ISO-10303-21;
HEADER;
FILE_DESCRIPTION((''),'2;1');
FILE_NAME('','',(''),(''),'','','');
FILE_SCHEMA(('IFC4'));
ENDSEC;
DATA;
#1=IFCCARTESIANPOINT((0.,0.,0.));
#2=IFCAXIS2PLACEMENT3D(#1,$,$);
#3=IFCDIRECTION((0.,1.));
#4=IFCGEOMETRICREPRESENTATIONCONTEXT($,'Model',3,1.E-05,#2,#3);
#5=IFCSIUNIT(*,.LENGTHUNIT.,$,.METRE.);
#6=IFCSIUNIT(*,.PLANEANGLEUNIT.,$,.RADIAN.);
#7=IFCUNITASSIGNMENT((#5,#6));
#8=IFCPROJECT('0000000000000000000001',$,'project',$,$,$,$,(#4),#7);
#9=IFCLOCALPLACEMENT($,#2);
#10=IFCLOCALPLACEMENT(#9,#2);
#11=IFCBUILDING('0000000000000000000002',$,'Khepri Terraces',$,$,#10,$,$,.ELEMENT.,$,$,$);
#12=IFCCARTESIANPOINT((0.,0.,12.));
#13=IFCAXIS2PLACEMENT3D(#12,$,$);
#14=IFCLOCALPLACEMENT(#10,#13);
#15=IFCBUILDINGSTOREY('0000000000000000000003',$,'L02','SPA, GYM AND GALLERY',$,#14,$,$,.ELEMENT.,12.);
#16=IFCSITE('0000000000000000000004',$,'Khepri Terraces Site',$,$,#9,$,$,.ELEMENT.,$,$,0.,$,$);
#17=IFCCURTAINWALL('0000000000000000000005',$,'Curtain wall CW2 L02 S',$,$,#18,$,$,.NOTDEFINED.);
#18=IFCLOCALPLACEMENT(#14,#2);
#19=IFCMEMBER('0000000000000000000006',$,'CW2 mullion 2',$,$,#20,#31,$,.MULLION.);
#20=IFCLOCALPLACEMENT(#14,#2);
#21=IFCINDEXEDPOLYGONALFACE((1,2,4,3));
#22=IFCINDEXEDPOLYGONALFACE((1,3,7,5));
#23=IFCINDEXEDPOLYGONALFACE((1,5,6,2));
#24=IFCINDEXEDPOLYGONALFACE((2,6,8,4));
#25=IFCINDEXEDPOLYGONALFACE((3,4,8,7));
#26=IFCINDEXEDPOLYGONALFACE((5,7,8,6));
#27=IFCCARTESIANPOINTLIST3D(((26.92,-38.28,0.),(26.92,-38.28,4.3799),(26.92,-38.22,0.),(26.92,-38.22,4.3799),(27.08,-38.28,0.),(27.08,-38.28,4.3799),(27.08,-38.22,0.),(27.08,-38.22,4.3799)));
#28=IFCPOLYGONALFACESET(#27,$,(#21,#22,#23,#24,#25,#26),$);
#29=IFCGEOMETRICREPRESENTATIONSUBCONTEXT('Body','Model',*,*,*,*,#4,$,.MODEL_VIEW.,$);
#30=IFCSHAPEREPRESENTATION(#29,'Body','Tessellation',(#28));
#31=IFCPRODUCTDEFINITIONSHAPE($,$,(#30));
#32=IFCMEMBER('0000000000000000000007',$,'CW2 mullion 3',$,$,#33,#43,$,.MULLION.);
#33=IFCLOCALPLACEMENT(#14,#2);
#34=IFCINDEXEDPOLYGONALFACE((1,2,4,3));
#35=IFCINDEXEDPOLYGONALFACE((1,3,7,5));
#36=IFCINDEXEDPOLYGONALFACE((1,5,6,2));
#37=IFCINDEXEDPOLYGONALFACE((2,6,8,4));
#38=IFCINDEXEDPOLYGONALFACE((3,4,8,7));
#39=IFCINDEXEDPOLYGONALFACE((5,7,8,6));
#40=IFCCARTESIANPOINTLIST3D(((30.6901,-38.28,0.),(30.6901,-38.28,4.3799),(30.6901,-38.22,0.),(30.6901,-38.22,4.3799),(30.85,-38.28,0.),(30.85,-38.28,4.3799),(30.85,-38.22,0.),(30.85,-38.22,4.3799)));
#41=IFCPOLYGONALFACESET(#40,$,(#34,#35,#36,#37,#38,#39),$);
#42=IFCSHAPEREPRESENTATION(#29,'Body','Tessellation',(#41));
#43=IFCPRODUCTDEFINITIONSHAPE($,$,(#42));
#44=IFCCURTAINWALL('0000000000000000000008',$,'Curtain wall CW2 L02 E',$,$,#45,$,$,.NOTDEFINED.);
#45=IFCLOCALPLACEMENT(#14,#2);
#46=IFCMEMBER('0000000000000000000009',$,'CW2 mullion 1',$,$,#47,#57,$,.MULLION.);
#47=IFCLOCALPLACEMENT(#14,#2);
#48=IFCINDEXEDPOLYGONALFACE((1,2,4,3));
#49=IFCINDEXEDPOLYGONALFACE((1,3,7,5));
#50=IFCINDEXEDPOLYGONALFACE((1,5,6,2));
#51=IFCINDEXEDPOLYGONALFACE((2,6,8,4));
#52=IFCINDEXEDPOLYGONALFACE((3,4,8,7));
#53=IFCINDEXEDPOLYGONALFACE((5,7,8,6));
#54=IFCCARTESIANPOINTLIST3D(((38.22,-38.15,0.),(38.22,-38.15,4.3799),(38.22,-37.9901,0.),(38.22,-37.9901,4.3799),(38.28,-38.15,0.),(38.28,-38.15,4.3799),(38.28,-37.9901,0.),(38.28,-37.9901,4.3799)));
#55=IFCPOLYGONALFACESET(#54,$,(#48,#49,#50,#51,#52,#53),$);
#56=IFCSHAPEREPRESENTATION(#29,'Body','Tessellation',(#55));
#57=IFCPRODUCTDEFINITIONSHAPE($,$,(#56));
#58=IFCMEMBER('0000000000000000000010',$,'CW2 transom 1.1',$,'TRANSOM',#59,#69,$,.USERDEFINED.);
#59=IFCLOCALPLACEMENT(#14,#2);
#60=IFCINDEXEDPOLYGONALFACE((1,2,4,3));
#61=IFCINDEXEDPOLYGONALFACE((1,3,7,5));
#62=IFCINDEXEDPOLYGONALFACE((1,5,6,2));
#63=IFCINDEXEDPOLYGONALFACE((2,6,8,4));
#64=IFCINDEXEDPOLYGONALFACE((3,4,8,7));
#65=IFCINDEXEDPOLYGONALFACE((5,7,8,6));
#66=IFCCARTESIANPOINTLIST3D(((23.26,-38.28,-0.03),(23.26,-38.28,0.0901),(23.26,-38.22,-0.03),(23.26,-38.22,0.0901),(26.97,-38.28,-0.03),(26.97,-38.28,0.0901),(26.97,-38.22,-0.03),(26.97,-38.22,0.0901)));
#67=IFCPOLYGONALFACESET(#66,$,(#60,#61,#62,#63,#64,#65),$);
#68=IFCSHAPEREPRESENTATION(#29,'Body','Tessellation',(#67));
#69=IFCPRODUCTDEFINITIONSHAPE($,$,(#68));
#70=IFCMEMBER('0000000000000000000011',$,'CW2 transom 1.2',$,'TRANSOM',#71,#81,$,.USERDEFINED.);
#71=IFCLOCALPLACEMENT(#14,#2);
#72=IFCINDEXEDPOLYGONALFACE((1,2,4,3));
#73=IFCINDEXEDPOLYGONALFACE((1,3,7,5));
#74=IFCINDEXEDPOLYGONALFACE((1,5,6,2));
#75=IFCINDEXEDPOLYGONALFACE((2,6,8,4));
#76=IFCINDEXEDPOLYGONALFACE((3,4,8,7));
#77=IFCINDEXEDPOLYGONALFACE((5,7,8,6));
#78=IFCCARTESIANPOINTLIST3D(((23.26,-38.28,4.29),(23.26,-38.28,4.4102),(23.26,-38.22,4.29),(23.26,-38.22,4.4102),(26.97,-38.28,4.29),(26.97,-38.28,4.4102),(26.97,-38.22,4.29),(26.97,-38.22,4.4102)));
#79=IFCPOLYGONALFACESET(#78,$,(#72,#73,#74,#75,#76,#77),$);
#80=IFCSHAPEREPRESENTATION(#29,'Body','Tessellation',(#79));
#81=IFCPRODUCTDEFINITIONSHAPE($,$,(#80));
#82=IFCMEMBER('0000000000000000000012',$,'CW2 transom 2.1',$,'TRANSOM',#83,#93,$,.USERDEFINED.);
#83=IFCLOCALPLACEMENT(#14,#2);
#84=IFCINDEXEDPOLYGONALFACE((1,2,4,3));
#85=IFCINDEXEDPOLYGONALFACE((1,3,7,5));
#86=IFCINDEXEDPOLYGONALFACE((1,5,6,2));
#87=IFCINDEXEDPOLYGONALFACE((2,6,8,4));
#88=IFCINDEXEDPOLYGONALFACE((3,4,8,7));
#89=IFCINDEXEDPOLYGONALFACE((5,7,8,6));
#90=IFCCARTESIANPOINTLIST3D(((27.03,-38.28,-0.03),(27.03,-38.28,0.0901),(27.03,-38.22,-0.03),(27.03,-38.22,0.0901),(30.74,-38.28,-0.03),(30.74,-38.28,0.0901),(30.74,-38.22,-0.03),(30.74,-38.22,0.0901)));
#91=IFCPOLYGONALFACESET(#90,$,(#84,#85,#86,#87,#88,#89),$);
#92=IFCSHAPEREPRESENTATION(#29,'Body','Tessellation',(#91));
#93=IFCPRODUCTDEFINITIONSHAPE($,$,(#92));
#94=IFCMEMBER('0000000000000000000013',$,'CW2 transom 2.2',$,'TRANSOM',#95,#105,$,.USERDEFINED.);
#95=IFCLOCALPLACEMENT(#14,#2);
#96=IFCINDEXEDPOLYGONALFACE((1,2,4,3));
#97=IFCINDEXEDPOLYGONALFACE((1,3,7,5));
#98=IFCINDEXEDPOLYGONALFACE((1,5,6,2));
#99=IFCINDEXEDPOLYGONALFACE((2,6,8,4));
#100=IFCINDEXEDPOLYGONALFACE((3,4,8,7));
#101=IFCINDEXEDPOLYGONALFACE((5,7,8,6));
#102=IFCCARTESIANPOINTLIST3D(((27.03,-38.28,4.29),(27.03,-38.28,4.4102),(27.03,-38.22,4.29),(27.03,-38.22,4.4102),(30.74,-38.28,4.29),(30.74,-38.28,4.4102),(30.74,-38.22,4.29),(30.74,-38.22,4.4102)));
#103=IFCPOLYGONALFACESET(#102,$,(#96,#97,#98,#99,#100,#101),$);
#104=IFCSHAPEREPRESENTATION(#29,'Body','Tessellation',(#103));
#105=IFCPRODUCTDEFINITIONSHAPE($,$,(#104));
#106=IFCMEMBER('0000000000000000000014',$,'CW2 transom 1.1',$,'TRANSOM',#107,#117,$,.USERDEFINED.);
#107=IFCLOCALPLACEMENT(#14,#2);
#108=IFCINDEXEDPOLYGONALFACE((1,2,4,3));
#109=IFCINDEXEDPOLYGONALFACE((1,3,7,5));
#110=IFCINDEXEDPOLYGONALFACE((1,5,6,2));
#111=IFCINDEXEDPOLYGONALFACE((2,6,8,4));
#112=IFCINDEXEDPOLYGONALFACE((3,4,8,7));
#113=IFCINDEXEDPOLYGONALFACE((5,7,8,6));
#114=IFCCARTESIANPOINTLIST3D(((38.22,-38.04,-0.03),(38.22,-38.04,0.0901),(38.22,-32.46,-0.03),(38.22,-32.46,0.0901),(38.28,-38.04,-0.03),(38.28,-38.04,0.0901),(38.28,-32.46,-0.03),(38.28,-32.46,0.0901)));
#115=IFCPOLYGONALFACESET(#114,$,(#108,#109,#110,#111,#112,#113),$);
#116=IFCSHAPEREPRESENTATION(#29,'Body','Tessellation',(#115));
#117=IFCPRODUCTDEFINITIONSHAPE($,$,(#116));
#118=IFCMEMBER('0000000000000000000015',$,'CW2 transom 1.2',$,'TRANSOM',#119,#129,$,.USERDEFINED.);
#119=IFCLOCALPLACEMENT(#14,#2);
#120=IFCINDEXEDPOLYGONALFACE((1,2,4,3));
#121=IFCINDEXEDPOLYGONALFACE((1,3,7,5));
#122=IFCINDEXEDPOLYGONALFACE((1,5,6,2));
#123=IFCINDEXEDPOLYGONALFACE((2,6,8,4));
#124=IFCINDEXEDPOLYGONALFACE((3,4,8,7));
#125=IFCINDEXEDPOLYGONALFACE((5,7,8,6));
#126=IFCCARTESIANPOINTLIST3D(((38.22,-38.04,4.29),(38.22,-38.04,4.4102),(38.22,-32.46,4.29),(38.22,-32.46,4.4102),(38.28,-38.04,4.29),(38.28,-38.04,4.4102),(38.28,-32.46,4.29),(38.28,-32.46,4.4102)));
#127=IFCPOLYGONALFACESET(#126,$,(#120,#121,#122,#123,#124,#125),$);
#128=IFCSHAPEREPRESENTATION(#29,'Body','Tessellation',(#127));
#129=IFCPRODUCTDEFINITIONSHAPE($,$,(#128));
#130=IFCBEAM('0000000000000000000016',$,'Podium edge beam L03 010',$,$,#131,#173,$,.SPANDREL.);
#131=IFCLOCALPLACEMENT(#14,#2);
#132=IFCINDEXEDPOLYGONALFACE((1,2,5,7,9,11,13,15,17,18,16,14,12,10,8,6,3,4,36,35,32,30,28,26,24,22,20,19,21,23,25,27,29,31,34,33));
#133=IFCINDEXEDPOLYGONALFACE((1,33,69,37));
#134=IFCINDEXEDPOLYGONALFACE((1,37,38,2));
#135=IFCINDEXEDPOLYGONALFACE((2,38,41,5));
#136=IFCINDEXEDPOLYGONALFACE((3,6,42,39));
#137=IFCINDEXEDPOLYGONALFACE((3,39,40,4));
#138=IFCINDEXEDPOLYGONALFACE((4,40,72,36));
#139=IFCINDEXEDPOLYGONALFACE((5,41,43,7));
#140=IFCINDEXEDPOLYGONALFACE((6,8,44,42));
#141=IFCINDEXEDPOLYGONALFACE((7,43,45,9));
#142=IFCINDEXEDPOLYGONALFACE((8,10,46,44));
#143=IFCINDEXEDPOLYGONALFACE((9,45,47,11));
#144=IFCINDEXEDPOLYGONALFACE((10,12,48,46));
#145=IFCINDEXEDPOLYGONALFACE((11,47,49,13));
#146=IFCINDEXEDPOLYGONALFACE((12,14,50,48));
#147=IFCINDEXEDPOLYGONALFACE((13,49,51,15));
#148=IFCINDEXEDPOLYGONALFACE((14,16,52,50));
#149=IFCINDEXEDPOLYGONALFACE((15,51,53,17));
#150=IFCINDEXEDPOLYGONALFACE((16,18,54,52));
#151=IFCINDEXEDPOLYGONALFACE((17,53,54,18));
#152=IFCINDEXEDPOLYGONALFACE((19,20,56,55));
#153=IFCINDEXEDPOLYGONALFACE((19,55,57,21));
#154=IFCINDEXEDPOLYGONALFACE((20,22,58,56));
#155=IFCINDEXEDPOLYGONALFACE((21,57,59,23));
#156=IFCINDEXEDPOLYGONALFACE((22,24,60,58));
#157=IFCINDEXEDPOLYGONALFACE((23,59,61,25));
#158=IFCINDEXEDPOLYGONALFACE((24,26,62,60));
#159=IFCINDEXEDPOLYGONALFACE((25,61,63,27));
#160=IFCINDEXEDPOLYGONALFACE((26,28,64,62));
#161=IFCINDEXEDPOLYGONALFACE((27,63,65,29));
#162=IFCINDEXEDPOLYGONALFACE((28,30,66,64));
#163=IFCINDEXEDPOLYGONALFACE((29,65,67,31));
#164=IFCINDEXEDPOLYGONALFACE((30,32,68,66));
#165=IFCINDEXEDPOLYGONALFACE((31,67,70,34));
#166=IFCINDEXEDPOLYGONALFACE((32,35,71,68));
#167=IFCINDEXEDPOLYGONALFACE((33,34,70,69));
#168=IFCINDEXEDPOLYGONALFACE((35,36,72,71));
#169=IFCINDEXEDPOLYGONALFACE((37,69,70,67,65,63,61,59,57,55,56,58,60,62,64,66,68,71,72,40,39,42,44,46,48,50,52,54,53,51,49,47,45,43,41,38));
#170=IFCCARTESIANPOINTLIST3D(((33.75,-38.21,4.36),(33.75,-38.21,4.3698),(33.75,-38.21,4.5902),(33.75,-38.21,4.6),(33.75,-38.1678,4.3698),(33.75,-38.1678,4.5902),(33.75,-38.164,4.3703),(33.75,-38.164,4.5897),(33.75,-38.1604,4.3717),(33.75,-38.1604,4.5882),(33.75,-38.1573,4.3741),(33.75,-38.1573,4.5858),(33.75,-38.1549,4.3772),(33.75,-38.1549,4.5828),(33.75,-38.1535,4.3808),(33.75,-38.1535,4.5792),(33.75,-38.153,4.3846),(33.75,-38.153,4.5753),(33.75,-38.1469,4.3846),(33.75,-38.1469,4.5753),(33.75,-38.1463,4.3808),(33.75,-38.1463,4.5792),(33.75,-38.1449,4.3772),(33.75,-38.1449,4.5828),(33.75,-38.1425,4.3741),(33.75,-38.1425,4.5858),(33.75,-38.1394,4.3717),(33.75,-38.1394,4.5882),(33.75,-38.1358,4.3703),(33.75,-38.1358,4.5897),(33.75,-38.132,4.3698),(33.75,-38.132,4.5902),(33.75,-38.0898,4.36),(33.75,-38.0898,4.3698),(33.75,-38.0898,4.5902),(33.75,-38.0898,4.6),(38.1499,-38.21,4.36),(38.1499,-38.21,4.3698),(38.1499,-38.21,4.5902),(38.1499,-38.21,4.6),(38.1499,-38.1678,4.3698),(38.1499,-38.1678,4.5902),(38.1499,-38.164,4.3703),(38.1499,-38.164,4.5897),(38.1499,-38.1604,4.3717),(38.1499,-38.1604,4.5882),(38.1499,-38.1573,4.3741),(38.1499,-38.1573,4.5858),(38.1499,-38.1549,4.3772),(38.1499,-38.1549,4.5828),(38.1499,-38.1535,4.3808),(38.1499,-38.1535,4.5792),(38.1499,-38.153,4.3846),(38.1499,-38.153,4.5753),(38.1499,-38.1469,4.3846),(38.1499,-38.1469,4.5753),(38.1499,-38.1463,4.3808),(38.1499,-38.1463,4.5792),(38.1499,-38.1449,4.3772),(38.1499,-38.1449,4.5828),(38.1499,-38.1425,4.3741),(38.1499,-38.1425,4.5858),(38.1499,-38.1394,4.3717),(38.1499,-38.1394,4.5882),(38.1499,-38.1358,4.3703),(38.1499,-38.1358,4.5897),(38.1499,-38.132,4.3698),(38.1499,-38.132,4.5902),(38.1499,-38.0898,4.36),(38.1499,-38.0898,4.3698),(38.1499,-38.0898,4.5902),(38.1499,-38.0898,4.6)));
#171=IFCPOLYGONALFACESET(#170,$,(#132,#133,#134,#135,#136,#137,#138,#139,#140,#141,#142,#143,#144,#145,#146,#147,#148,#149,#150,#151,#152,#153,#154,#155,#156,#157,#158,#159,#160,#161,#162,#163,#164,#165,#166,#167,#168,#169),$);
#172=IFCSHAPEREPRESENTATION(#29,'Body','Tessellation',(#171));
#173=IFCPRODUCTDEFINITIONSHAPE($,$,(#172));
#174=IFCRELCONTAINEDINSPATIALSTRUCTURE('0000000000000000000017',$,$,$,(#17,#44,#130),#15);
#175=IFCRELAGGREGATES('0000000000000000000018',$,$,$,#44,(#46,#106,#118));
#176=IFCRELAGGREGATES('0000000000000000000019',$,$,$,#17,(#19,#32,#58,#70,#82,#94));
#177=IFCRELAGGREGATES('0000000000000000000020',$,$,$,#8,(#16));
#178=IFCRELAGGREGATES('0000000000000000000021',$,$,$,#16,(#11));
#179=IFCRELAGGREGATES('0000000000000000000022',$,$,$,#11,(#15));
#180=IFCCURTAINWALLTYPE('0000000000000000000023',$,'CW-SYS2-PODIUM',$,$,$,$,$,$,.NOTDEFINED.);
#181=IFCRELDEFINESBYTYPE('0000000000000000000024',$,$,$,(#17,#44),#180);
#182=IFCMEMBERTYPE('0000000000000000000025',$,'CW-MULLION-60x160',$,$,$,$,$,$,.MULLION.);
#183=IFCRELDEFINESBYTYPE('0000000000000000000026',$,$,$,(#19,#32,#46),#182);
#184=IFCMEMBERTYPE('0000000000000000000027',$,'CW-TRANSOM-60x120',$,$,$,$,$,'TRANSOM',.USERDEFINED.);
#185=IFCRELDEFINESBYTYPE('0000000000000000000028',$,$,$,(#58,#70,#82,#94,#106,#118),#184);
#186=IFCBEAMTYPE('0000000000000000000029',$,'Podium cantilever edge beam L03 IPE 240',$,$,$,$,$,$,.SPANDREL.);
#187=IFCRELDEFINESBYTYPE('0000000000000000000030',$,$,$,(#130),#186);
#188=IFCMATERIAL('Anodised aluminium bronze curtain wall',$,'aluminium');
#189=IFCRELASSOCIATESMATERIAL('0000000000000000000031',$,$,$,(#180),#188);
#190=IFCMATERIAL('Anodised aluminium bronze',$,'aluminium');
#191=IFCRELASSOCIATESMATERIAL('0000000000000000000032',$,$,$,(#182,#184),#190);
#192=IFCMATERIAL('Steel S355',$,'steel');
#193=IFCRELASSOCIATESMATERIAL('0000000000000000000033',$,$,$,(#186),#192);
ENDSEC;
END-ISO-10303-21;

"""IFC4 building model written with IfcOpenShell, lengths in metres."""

from ifc_helpers import new_model, si_unit, direction, frame, origin, origin_2d, place, context, subcontext, project, spatial, rectangle, i_section, extrude, material, material_profile, profile_set, type_object, element, aggregate, save


model = new_model("IFC4")

# Units and contexts
model_context = context("Model", 3, precision=1e-05, world=origin(), true_north=direction((0.0, 1.0)))
body_context = subcontext(model_context, "Body", "Model", "MODEL_VIEW")
ifc_project = project(units=[si_unit("LENGTHUNIT", "METRE"), si_unit("PLANEANGLEUNIT", "RADIAN")], contexts=[model_context])

# Site, building, storey
site_placement = place(None, origin())
site = spatial("IfcSite", under=ifc_project, at=site_placement, Name="Khepri Terraces Site", CompositionType="ELEMENT", RefElevation=0.0)
building_placement = place(site_placement, origin())
building = spatial("IfcBuilding", under=site, at=building_placement, Name="Khepri Terraces", CompositionType="ELEMENT")
storey_placement = place(building_placement, frame((0.0, 0.0, 12.0)))
storey = spatial("IfcBuildingStorey", under=building, at=storey_placement, Name="L02", Description="SPA, GYM AND GALLERY", CompositionType="ELEMENT", Elevation=12.0)

# Curtain wall, members
ifc_material_1 = material(Name="Anodised aluminium bronze curtain wall", Category="aluminium")
curtain_wall_type = type_object("IfcCurtainWallType", Name="CW-SYS2-PODIUM", PredefinedType="NOTDEFINED", material=ifc_material_1)
curtain_wall_1_placement = place(storey_placement, origin())
curtain_wall_1 = element("IfcCurtainWall", 1, at=curtain_wall_1_placement, inside=storey, type_object=curtain_wall_type, Name="Curtain wall CW2 L02 S", PredefinedType="NOTDEFINED")
ifc_material_2 = material(Name="Anodised aluminium bronze", Category="aluminium")
ifc_material_profile_1 = material_profile(ifc_material_2, rectangle(XDim=0.0601, YDim=0.1599, at=origin_2d()), Name="Anodised aluminium bronze", Category="aluminium")
ifc_profile_set_1 = profile_set([ifc_material_profile_1], Name="Anodised aluminium bronze")
member_type_1 = type_object("IfcMemberType", Name="CW-MULLION-60x160", PredefinedType="MULLION", material=ifc_profile_set_1)
member_1_placement = place(storey_placement, frame((27.0, -38.25, 0.0), z_axis=(0.0, 0.0, 1.0), x_axis=(0.0, 1.0, 0.0)))
member_1 = element("IfcMember", 2, at=member_1_placement, type_object=member_type_1, Name="CW2 mullion 2", PredefinedType="MULLION", context=body_context, shape_type="SweptSolid", body=[
    extrude(rectangle(XDim=0.0601, YDim=0.1599, at=origin_2d()), origin(), (0.0, 0.0, 1.0), 4.3799),
])
member_2_placement = place(storey_placement, frame((30.77, -38.25, 0.0), z_axis=(0.0, 0.0, 1.0), x_axis=(0.0, 1.0, 0.0)))
member_2 = element("IfcMember", 3, at=member_2_placement, type_object=member_type_1, Name="CW2 mullion 3", PredefinedType="MULLION", context=body_context, shape_type="SweptSolid", body=[
    extrude(rectangle(XDim=0.0601, YDim=0.1599, at=origin_2d()), origin(), (0.0, 0.0, 1.0), 4.3799),
])

# Curtain wall, member
curtain_wall_2_placement = place(storey_placement, origin())
curtain_wall_2 = element("IfcCurtainWall", 4, at=curtain_wall_2_placement, inside=storey, type_object=curtain_wall_type, Name="Curtain wall CW2 L02 E", PredefinedType="NOTDEFINED")
member_3_placement = place(storey_placement, frame((38.25, -38.0701, 0.0), z_axis=(0.0, 0.0, 1.0), x_axis=(-1.0, 0.0, 0.0)))
member_3 = element("IfcMember", 5, at=member_3_placement, type_object=member_type_1, Name="CW2 mullion 1", PredefinedType="MULLION", context=body_context, shape_type="SweptSolid", body=[
    extrude(rectangle(XDim=0.0601, YDim=0.1599, at=origin_2d()), origin(), (0.0, 0.0, 1.0), 4.3799),
])

# Members
ifc_material_profile_2 = material_profile(ifc_material_2, rectangle(XDim=0.0601, YDim=0.1201, at=origin_2d()), Name="Anodised aluminium bronze", Category="aluminium")
ifc_profile_set_2 = profile_set([ifc_material_profile_2], Name="Anodised aluminium bronze")
member_type_2 = type_object("IfcMemberType", Name="CW-TRANSOM-60x120", ElementType="TRANSOM", PredefinedType="USERDEFINED", material=ifc_profile_set_2)
member_4_placement = place(storey_placement, frame((23.26, -38.25, 0.03), z_axis=(1.0, 0.0, 0.0), x_axis=(0.0, 1.0, 0.0)))
member_4 = element("IfcMember", 6, at=member_4_placement, type_object=member_type_2, Name="CW2 transom 1.1", ObjectType="TRANSOM", PredefinedType="USERDEFINED", context=body_context, shape_type="SweptSolid", body=[
    extrude(rectangle(XDim=0.0601, YDim=0.1201, at=origin_2d()), origin(), (0.0, 0.0, 1.0), 3.71),
])
member_5_placement = place(storey_placement, frame((23.26, -38.25, 4.3501), z_axis=(1.0, 0.0, 0.0), x_axis=(0.0, 1.0, 0.0)))
member_5 = element("IfcMember", 7, at=member_5_placement, type_object=member_type_2, Name="CW2 transom 1.2", ObjectType="TRANSOM", PredefinedType="USERDEFINED", context=body_context, shape_type="SweptSolid", body=[
    extrude(rectangle(XDim=0.0601, YDim=0.1201, at=origin_2d()), origin(), (0.0, 0.0, 1.0), 3.71),
])
member_6_placement = place(storey_placement, frame((27.03, -38.25, 0.03), z_axis=(1.0, 0.0, 0.0), x_axis=(0.0, 1.0, 0.0)))
member_6 = element("IfcMember", 8, at=member_6_placement, type_object=member_type_2, Name="CW2 transom 2.1", ObjectType="TRANSOM", PredefinedType="USERDEFINED", context=body_context, shape_type="SweptSolid", body=[
    extrude(rectangle(XDim=0.0601, YDim=0.1201, at=origin_2d()), origin(), (0.0, 0.0, 1.0), 3.71),
])
member_7_placement = place(storey_placement, frame((27.03, -38.25, 4.3501), z_axis=(1.0, 0.0, 0.0), x_axis=(0.0, 1.0, 0.0)))
member_7 = element("IfcMember", 9, at=member_7_placement, type_object=member_type_2, Name="CW2 transom 2.2", ObjectType="TRANSOM", PredefinedType="USERDEFINED", context=body_context, shape_type="SweptSolid", body=[
    extrude(rectangle(XDim=0.0601, YDim=0.1201, at=origin_2d()), origin(), (0.0, 0.0, 1.0), 3.71),
])
member_8_placement = place(storey_placement, frame((38.25, -38.04, 0.03), z_axis=(0.0, 1.0, 0.0), x_axis=(-1.0, 0.0, 0.0)))
member_8 = element("IfcMember", 10, at=member_8_placement, type_object=member_type_2, Name="CW2 transom 1.1", ObjectType="TRANSOM", PredefinedType="USERDEFINED", context=body_context, shape_type="SweptSolid", body=[
    extrude(rectangle(XDim=0.0601, YDim=0.1201, at=origin_2d()), origin(), (0.0, 0.0, 1.0), 5.5801),
])
member_9_placement = place(storey_placement, frame((38.25, -38.04, 4.3501), z_axis=(0.0, 1.0, 0.0), x_axis=(-1.0, 0.0, 0.0)))
member_9 = element("IfcMember", 11, at=member_9_placement, type_object=member_type_2, Name="CW2 transom 1.2", ObjectType="TRANSOM", PredefinedType="USERDEFINED", context=body_context, shape_type="SweptSolid", body=[
    extrude(rectangle(XDim=0.0601, YDim=0.1201, at=origin_2d()), origin(), (0.0, 0.0, 1.0), 5.5801),
])
aggregate(curtain_wall_2, [member_3, member_8, member_9])

# Beam
ifc_material_3 = material(Name="Steel S355", Category="steel")
ifc_material_profile_3 = material_profile(ifc_material_3, i_section(OverallWidth=0.1201, OverallDepth=0.24, WebThickness=0.0061, FlangeThickness=0.0098, FilletRadius=0.0149, at=origin_2d()), Name="Steel S355", Category="steel")
ifc_profile_set_3 = profile_set([ifc_material_profile_3], Name="Steel S355")
beam_type_1 = type_object("IfcBeamType", Name="Podium cantilever edge beam L03 IPE 240", PredefinedType="SPANDREL", material=ifc_profile_set_3)
beam_1_placement = place(storey_placement, frame((33.75, -38.1499, 4.48), z_axis=(1.0, 0.0, 0.0), x_axis=(0.0, 1.0, 0.0)))
element("IfcBeam", 12, at=beam_1_placement, inside=storey, type_object=beam_type_1, Name="Podium edge beam L03 010", PredefinedType="SPANDREL", context=body_context, shape_type="SweptSolid", body=[
    extrude(i_section(OverallWidth=0.1201, OverallDepth=0.24, WebThickness=0.0061, FlangeThickness=0.0098, FilletRadius=0.0149, at=origin_2d()), origin(), (0.0, 0.0, 1.0), 4.3999),
])

aggregate(curtain_wall_1, [member_1, member_2, member_4, member_5, member_6, member_7])

save(model, "model.ifc")
